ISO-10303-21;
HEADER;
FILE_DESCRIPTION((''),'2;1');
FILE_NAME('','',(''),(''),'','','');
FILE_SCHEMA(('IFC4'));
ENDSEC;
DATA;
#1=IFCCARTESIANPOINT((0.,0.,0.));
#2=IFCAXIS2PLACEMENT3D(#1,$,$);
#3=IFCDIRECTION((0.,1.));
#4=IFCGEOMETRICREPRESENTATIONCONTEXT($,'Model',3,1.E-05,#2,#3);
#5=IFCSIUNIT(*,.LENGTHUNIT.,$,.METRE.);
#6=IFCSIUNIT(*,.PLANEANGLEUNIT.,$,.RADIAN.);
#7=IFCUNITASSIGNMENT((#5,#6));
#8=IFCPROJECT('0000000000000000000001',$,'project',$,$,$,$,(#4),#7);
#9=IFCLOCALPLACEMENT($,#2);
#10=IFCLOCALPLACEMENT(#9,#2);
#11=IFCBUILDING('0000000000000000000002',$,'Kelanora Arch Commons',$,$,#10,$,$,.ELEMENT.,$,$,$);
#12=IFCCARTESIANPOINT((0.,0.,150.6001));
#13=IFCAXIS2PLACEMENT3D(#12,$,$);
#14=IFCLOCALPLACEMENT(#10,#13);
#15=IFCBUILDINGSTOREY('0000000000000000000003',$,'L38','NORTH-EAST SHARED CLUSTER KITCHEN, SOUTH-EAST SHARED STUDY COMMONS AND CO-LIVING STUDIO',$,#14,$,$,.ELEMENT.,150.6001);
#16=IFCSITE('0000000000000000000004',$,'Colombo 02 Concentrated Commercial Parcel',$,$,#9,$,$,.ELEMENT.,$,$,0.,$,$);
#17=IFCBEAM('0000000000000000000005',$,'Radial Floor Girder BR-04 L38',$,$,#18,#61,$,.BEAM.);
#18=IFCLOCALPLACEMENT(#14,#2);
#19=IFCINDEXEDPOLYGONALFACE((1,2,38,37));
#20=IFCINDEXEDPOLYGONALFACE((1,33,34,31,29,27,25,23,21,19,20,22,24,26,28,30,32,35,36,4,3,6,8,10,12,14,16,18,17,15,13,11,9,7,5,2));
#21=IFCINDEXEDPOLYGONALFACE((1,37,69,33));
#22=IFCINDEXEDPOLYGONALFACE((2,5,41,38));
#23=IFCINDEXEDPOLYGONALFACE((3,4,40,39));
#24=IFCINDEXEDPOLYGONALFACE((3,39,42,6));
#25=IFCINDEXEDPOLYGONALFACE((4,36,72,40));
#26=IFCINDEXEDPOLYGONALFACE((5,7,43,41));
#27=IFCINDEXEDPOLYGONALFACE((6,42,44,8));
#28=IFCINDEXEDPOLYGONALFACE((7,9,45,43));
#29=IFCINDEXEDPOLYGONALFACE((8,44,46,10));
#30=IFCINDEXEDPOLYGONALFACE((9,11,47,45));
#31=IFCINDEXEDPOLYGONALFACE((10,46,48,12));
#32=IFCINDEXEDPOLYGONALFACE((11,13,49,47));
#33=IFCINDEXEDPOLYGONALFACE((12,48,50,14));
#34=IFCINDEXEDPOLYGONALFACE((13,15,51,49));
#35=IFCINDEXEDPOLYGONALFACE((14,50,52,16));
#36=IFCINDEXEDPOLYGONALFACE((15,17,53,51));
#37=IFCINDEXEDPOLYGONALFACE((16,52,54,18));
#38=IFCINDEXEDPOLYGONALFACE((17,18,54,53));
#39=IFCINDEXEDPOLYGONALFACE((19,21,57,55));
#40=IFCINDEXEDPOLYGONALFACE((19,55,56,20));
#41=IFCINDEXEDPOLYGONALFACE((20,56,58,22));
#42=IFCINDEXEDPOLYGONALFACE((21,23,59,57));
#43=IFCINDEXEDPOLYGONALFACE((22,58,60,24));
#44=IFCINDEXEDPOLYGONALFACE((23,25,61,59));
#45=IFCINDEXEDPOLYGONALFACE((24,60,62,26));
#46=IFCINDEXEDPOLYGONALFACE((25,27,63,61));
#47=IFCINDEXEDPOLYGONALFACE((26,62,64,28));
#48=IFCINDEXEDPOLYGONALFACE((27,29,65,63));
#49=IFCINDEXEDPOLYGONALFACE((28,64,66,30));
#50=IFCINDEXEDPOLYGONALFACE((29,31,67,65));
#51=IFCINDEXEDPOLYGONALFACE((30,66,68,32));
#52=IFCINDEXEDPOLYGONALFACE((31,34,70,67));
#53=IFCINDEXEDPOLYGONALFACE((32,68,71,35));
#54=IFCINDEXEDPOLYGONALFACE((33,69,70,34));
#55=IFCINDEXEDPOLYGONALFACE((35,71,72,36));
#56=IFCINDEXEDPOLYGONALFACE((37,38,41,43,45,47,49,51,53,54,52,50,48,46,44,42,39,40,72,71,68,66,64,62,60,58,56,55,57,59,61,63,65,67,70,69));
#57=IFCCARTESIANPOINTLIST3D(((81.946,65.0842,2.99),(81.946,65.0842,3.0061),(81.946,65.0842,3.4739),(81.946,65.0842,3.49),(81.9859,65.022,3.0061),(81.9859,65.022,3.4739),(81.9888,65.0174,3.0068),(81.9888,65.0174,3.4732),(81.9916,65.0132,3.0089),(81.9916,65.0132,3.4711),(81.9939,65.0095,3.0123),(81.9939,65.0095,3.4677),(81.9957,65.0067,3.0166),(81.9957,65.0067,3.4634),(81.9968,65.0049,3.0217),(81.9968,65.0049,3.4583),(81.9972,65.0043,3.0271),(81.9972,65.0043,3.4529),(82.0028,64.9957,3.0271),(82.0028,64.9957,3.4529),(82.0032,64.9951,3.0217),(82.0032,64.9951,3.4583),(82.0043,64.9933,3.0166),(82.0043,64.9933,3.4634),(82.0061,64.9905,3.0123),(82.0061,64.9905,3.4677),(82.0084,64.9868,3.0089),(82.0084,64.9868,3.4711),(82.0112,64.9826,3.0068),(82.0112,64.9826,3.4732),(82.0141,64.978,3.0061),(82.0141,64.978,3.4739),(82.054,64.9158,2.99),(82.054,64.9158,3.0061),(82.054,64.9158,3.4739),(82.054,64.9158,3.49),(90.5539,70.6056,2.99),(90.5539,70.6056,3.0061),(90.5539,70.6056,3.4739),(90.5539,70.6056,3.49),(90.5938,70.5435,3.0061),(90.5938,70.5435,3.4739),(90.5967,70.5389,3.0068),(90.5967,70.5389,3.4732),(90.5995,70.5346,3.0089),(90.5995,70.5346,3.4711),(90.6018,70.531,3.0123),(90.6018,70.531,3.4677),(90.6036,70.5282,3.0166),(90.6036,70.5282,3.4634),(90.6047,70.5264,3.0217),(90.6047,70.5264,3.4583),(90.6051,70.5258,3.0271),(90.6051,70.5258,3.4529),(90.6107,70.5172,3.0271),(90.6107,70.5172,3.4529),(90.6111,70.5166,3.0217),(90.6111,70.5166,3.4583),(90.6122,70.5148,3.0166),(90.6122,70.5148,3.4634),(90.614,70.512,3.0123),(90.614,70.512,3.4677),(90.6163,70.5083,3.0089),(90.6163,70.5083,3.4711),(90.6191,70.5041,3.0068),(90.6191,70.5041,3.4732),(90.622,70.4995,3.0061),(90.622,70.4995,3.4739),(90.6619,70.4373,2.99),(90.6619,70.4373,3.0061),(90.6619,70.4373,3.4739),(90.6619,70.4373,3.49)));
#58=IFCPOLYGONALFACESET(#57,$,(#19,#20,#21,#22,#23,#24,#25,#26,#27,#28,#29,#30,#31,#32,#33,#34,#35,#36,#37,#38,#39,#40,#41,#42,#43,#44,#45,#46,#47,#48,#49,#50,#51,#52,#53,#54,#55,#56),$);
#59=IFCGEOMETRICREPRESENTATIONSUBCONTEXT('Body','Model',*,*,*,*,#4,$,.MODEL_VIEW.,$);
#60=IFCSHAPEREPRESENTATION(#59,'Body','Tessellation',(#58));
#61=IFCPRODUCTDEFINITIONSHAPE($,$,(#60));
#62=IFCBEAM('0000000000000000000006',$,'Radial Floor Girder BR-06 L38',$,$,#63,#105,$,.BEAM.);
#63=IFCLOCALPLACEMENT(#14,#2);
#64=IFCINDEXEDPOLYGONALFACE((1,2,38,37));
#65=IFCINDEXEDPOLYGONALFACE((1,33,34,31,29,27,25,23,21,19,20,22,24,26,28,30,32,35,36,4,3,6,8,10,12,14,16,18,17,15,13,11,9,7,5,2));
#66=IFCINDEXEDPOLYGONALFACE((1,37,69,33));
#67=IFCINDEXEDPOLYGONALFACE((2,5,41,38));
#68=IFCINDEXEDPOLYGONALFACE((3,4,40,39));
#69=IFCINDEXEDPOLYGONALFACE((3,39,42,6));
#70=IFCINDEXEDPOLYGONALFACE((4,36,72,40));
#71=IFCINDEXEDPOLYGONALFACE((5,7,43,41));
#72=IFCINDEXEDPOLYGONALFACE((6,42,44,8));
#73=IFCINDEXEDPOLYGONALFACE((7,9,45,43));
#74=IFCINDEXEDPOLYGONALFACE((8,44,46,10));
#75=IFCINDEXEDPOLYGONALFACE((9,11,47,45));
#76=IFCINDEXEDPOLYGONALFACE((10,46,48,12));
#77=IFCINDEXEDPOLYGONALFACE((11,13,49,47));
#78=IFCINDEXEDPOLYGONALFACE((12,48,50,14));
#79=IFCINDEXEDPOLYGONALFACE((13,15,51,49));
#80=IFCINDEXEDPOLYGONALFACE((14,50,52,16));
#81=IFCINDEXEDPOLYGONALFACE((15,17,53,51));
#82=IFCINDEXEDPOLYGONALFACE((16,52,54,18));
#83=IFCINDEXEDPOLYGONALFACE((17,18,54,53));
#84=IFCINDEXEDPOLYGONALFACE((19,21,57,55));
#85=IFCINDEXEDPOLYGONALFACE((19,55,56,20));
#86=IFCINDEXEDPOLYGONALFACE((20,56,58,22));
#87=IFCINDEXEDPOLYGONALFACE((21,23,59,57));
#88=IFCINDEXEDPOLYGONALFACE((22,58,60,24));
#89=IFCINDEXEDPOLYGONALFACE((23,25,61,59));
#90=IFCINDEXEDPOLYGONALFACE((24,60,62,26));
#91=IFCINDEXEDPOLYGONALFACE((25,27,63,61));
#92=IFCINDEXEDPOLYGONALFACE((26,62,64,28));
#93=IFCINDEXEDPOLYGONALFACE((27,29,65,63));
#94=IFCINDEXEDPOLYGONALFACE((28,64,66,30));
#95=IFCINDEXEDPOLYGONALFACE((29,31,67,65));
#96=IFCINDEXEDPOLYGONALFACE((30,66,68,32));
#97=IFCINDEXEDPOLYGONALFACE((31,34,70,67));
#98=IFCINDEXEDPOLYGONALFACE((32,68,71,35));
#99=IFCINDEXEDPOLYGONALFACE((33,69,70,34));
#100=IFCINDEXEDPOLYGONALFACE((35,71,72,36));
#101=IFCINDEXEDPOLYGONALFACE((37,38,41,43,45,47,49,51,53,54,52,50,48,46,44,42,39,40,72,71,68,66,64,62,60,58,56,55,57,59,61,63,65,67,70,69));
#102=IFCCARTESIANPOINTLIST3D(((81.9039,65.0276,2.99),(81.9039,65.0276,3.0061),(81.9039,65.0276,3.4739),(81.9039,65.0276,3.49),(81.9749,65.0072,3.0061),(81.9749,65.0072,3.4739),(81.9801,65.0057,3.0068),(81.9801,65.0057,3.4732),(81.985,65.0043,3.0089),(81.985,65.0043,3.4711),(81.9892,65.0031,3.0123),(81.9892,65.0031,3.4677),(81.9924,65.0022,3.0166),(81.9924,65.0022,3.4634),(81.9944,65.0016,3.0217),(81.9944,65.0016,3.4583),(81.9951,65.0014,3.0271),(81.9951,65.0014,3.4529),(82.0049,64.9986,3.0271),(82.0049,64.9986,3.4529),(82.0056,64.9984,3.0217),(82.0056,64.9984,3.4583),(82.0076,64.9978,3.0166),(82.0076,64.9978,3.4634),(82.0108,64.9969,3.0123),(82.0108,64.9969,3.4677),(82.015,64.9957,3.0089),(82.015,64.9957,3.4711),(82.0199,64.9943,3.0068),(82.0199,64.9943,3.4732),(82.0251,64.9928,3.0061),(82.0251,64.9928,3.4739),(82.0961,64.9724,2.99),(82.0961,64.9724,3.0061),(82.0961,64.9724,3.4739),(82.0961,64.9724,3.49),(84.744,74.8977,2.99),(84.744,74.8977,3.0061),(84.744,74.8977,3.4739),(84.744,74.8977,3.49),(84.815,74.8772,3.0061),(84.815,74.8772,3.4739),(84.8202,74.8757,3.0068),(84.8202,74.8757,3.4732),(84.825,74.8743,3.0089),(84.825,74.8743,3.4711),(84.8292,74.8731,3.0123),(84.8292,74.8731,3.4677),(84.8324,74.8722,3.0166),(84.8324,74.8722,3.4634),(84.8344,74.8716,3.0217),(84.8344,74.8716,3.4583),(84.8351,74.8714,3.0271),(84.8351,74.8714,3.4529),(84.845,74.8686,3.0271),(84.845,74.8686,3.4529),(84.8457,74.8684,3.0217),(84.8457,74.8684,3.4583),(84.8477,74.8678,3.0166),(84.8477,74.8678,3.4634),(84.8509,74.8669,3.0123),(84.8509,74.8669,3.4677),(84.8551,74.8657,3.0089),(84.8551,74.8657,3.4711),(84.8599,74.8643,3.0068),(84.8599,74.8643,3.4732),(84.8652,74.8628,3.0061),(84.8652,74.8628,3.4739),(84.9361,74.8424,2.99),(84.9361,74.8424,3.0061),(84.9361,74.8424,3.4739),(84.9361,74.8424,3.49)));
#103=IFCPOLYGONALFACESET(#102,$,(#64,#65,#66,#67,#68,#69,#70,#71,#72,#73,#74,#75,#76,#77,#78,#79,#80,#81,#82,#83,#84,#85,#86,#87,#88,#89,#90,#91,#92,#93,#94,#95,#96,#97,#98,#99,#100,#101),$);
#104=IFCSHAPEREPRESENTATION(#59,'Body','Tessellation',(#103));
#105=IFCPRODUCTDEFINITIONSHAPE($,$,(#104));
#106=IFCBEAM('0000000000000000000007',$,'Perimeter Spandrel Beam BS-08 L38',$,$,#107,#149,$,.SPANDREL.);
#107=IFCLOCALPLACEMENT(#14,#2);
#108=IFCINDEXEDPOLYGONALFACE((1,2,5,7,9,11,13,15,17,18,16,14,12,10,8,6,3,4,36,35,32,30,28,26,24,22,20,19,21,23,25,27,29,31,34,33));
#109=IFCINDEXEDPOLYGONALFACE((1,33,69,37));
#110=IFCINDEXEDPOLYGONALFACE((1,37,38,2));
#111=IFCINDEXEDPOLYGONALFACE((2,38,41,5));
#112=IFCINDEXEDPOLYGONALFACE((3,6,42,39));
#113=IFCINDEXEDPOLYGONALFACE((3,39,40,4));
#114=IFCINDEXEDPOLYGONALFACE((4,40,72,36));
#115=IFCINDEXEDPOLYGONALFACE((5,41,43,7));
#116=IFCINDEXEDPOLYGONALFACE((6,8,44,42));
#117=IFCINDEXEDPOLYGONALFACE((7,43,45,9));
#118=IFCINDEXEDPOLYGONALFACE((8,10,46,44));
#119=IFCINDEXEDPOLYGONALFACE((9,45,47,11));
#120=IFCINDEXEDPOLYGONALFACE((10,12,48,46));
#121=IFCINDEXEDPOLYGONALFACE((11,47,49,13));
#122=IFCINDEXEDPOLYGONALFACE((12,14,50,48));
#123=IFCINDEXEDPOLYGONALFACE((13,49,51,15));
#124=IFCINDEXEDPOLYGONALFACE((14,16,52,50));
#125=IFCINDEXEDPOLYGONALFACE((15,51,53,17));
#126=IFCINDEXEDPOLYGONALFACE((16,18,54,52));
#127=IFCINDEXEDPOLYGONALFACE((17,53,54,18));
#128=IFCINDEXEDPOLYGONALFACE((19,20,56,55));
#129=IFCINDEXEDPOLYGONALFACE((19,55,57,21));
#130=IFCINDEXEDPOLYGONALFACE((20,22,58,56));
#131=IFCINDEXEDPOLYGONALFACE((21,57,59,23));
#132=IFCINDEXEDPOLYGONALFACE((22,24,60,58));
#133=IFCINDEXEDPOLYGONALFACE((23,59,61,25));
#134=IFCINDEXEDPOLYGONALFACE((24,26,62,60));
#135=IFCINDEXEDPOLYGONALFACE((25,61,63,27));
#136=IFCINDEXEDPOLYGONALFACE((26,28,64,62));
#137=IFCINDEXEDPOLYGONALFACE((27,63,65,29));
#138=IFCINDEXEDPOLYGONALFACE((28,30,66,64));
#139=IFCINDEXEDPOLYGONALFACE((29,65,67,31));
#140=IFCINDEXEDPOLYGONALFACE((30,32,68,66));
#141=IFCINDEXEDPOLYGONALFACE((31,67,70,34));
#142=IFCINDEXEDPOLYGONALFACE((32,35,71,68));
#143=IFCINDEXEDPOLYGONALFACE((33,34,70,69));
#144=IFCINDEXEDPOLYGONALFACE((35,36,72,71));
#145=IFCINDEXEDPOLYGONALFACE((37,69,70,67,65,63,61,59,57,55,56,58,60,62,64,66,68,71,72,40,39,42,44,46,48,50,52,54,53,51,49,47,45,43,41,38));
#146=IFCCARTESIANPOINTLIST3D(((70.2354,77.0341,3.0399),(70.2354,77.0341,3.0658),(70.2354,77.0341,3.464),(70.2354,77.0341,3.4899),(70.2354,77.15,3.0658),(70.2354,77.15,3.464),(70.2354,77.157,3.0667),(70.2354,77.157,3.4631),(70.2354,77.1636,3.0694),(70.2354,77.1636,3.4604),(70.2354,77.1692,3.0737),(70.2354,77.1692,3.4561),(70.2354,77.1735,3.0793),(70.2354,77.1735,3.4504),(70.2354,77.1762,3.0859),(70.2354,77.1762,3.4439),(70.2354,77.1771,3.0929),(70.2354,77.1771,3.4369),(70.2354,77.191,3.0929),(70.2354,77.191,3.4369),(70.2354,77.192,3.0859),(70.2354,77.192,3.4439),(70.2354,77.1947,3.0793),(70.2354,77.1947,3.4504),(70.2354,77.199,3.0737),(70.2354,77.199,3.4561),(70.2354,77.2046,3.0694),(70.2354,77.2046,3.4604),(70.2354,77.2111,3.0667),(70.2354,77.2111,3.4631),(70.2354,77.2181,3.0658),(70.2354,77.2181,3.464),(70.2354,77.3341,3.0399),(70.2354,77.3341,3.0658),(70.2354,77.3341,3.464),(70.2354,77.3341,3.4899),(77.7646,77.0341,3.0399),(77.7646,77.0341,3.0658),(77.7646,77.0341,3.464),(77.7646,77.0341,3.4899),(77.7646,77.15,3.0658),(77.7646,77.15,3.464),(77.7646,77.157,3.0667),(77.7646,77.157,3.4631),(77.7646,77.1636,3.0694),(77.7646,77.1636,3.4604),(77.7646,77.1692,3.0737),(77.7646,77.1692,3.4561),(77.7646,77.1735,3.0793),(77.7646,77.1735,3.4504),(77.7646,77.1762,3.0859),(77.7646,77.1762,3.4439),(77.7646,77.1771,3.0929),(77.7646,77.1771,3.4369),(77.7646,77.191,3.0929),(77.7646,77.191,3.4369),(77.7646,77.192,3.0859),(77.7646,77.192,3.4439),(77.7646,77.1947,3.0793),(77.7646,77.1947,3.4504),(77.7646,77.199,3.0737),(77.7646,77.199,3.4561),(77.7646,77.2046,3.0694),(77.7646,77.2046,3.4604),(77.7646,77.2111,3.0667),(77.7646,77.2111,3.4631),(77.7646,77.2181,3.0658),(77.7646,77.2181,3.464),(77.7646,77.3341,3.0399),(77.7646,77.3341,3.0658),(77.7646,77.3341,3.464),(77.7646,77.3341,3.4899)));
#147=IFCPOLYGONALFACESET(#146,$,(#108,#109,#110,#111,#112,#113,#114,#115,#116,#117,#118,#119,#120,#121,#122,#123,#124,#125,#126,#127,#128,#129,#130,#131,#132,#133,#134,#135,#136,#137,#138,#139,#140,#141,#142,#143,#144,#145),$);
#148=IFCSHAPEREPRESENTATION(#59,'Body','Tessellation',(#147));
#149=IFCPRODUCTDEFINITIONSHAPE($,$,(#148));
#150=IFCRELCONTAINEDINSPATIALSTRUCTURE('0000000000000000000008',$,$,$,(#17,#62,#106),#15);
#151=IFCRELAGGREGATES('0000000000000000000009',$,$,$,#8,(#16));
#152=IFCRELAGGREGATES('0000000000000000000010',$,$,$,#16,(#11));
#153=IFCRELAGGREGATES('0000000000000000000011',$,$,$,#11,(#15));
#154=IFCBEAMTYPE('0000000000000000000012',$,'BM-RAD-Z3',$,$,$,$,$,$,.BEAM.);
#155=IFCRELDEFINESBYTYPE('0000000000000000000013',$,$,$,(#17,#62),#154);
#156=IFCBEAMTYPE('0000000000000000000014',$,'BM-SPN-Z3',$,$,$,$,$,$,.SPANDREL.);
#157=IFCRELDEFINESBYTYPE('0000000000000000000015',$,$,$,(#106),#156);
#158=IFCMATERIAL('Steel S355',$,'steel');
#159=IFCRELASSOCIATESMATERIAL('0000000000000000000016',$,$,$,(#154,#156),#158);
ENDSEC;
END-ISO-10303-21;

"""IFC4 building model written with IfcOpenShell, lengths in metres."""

from ifc_helpers import new_model, si_unit, direction, frame, origin, origin_2d, place, context, subcontext, project, spatial, i_section, extrude, material, material_profile, profile_set, type_object, element, save


model = new_model("IFC4")

# Units and contexts
model_context = context("Model", 3, precision=1e-05, world=origin(), true_north=direction((0.0, 1.0)))
body_context = subcontext(model_context, "Body", "Model", "MODEL_VIEW")
ifc_project = project(units=[si_unit("LENGTHUNIT", "METRE"), si_unit("PLANEANGLEUNIT", "RADIAN")], contexts=[model_context])

# Site, building, storey
site_placement = place(None, origin())
site = spatial("IfcSite", under=ifc_project, at=site_placement, Name="Colombo 02 Concentrated Commercial Parcel", CompositionType="ELEMENT", RefElevation=0.0)
building_placement = place(site_placement, origin())
building = spatial("IfcBuilding", under=site, at=building_placement, Name="Kelanora Arch Commons", CompositionType="ELEMENT")
storey_placement = place(building_placement, frame((0.0, 0.0, 150.6001)))
storey = spatial("IfcBuildingStorey", under=building, at=storey_placement, Name="L38", Description="NORTH-EAST SHARED CLUSTER KITCHEN, SOUTH-EAST SHARED STUDY COMMONS AND CO-LIVING STUDIO", CompositionType="ELEMENT", Elevation=150.6001)

# Beams
ifc_material_1 = material(Name="Steel S355", Category="steel")
ifc_material_profile_1 = material_profile(ifc_material_1, i_section(OverallWidth=0.2, OverallDepth=0.5, WebThickness=0.0103, FlangeThickness=0.0161, FilletRadius=0.021, at=origin_2d()), Name="IPE500")
ifc_profile_set_1 = profile_set([ifc_material_profile_1], Name="Steel S355")
beam_type_1 = type_object("IfcBeamType", Name="BM-RAD-Z3", PredefinedType="BEAM", material=ifc_profile_set_1)
beam_1_placement = place(storey_placement, frame((82.0, 65.0, 3.24), z_axis=(0.841719, 0.539915, 0.0), x_axis=(-0.539915, 0.841719, 0.0)))
element("IfcBeam", 1, at=beam_1_placement, inside=storey, type_object=beam_type_1, Name="Radial Floor Girder BR-04 L38", PredefinedType="BEAM", context=body_context, shape_type="SweptSolid", body=[
    extrude(i_section(OverallWidth=0.2, OverallDepth=0.5, WebThickness=0.0103, FlangeThickness=0.0161, FilletRadius=0.021, at=origin_2d()), origin(), (0.0, 0.0, 1.0), 10.2266),
])
beam_2_placement = place(storey_placement, frame((82.0, 65.0, 3.24), z_axis=(0.276526, 0.961006, 0.0), x_axis=(-0.961006, 0.276526, 0.0)))
element("IfcBeam", 2, at=beam_2_placement, inside=storey, type_object=beam_type_1, Name="Radial Floor Girder BR-06 L38", PredefinedType="BEAM", context=body_context, shape_type="SweptSolid", body=[
    extrude(i_section(OverallWidth=0.2, OverallDepth=0.5, WebThickness=0.0103, FlangeThickness=0.0161, FilletRadius=0.021, at=origin_2d()), origin(), (0.0, 0.0, 1.0), 10.2705),
])
ifc_material_profile_2 = material_profile(ifc_material_1, i_section(OverallWidth=0.3, OverallDepth=0.45, WebThickness=0.0139, FlangeThickness=0.0259, FilletRadius=0.0271, at=origin_2d()), Name="HEB450")
ifc_profile_set_2 = profile_set([ifc_material_profile_2], Name="Steel S355")
beam_type_2 = type_object("IfcBeamType", Name="BM-SPN-Z3", PredefinedType="SPANDREL", material=ifc_profile_set_2)
beam_3_placement = place(storey_placement, frame((77.7646, 77.1841, 3.2649), z_axis=(-1.0, 0.0, 0.0), x_axis=(0.0, -1.0, 0.0)))
element("IfcBeam", 3, at=beam_3_placement, inside=storey, type_object=beam_type_2, Name="Perimeter Spandrel Beam BS-08 L38", PredefinedType="SPANDREL", context=body_context, shape_type="SweptSolid", body=[
    extrude(i_section(OverallWidth=0.3, OverallDepth=0.45, WebThickness=0.0139, FlangeThickness=0.0259, FilletRadius=0.0271, at=origin_2d()), origin(), (0.0, 0.0, 1.0), 7.5293),
])

save(model, "model.ifc")
